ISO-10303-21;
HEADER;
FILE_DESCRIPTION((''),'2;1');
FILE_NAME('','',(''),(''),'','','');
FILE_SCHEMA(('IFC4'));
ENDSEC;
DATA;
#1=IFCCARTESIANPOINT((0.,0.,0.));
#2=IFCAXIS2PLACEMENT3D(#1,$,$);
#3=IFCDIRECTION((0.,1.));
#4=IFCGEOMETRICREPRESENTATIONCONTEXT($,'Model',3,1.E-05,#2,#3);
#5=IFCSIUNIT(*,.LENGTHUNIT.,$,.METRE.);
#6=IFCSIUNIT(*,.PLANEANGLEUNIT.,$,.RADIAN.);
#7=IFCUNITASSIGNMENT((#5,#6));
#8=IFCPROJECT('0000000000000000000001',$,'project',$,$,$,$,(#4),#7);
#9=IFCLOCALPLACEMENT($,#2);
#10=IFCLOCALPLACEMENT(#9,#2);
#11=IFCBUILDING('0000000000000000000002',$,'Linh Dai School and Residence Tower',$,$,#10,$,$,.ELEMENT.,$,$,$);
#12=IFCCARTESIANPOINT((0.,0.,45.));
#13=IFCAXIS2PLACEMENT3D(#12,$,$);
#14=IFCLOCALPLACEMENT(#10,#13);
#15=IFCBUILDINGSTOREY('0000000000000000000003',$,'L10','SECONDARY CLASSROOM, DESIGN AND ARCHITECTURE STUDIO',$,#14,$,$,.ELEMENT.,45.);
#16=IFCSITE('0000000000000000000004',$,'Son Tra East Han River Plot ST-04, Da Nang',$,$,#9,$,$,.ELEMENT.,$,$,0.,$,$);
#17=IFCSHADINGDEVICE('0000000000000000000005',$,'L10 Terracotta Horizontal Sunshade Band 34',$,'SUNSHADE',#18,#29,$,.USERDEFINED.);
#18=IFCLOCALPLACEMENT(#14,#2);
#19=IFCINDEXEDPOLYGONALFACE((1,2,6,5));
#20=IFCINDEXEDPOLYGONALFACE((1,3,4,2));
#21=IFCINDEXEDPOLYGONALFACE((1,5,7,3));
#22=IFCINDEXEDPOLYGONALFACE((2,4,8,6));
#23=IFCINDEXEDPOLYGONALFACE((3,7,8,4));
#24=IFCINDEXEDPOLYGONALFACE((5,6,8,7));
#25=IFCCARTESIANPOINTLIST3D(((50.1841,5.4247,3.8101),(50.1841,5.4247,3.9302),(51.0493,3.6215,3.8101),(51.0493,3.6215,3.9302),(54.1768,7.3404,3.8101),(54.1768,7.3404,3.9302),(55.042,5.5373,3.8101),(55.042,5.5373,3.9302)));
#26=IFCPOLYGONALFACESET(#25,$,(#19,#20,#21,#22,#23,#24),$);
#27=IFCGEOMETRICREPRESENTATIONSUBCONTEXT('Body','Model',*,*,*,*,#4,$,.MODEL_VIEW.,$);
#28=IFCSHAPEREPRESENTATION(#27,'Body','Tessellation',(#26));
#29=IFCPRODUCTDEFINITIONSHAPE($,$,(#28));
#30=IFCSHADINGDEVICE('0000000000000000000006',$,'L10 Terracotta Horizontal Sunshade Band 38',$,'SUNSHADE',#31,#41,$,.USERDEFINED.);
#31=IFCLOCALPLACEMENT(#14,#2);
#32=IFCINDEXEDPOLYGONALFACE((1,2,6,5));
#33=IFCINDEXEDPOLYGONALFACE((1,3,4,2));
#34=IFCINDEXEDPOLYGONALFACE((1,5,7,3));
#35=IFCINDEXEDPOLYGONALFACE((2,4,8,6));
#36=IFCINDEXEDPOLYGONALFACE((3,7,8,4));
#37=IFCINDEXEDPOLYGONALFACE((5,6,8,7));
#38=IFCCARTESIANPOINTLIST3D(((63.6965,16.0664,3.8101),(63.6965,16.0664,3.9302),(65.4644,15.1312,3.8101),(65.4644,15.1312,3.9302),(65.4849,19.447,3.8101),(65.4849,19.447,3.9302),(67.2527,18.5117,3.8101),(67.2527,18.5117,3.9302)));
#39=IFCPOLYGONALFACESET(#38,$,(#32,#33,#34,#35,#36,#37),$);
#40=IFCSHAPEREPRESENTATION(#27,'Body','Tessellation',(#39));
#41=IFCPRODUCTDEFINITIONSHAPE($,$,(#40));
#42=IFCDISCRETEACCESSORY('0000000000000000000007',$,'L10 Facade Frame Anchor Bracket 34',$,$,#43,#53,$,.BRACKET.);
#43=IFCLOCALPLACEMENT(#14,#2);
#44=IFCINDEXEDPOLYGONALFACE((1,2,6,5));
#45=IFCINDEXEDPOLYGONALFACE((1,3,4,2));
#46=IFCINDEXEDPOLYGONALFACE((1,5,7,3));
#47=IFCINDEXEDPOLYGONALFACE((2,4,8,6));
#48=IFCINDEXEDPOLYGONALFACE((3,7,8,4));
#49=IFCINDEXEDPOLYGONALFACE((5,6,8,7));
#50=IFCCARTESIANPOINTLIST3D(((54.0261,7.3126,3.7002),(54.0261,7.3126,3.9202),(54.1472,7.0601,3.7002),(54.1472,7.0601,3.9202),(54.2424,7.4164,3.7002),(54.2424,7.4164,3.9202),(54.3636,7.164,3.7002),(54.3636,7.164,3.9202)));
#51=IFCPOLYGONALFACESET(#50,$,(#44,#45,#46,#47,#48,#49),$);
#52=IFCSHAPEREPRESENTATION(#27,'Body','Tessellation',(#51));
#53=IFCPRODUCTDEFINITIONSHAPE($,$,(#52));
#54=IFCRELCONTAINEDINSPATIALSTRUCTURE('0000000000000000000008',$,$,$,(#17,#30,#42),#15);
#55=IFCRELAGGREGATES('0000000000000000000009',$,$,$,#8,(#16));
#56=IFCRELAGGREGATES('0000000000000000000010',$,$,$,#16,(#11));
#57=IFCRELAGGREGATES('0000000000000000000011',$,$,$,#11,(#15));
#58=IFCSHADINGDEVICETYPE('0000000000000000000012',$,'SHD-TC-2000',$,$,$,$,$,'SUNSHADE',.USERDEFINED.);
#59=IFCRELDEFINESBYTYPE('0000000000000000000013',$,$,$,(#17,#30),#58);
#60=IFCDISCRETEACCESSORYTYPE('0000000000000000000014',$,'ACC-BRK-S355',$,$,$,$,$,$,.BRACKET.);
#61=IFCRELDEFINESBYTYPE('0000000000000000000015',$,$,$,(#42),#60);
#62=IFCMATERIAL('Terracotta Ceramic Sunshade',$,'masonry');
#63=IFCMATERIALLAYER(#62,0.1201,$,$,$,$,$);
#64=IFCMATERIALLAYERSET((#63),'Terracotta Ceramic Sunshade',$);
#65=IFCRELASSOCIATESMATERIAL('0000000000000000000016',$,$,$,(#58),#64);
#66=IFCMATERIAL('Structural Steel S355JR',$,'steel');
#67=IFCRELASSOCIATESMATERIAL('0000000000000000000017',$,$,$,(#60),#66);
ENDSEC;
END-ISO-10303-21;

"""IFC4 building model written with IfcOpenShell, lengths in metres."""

from ifc_helpers import new_model, si_unit, direction, frame, origin, origin_2d, place, context, subcontext, project, spatial, rectangle, extrude, source, transform, mapped, material, layer, layer_set, type_object, element, save


model = new_model("IFC4")

# Units and contexts
model_context = context("Model", 3, precision=1e-05, world=origin(), true_north=direction((0.0, 1.0)))
body_context = subcontext(model_context, "Body", "Model", "MODEL_VIEW")
ifc_project = project(units=[si_unit("LENGTHUNIT", "METRE"), si_unit("PLANEANGLEUNIT", "RADIAN")], contexts=[model_context])

# Site, building, storey
site_placement = place(None, origin())
site = spatial("IfcSite", under=ifc_project, at=site_placement, Name="Son Tra East Han River Plot ST-04, Da Nang", CompositionType="ELEMENT", RefElevation=0.0)
building_placement = place(site_placement, origin())
building = spatial("IfcBuilding", under=site, at=building_placement, Name="Linh Dai School and Residence Tower", CompositionType="ELEMENT")
storey_placement = place(building_placement, frame((0.0, 0.0, 45.0)))
storey = spatial("IfcBuildingStorey", under=building, at=storey_placement, Name="L10", Description="SECONDARY CLASSROOM, DESIGN AND ARCHITECTURE STUDIO", CompositionType="ELEMENT", Elevation=45.0)

# Shared definitions
ifc_material_1 = material(Name="Structural Steel S355JR", Category="steel")

# Shading devices
ifc_material_2 = material(Name="Terracotta Ceramic Sunshade", Category="masonry")
ifc_layer_1 = layer(ifc_material_2, 0.1201)
ifc_layer_set_1 = layer_set([ifc_layer_1], Name="Terracotta Ceramic Sunshade")
shading_device_type = type_object("IfcShadingDeviceType", Name="SHD-TC-2000", ElementType="SUNSHADE", PredefinedType="USERDEFINED", material=ifc_layer_set_1)
shared_shape_1 = source(origin(), body_context, "Body", "SweptSolid", [
    extrude(rectangle(XDim=4.4285, YDim=2.0, at=origin_2d()), origin(), (0.0, 0.0, 1.0), 0.1201),
])
shading_device_1_placement = place(storey_placement, frame((52.613, 5.481, 3.8101), z_axis=(0.0, 0.0, 1.0), x_axis=(-0.901585, -0.432603, 0.0)))
element("IfcShadingDevice", 1, at=shading_device_1_placement, inside=storey, type_object=shading_device_type, Name="L10 Terracotta Horizontal Sunshade Band 34", ObjectType="SUNSHADE", PredefinedType="USERDEFINED", context=body_context, shape_type="MappedRepresentation", body=[
    mapped(shared_shape_1, transform((0.0, 0.0, 0.0), x_axis=(1.0, 0.0, 0.0), y_axis=(0.0, 1.0, 0.0), z_axis=(0.0, 0.0, 1.0), scale=1.0)),
])
shared_shape_2 = source(origin(), body_context, "Body", "SweptSolid", [
    extrude(rectangle(XDim=3.8245, YDim=2.0, at=origin_2d()), origin(), (0.0, 0.0, 1.0), 0.1201),
])
shading_device_2_placement = place(storey_placement, frame((65.4746, 17.2891, 3.8101), z_axis=(0.0, 0.0, 1.0), x_axis=(-0.467612, -0.883934, 0.0)))
element("IfcShadingDevice", 2, at=shading_device_2_placement, inside=storey, type_object=shading_device_type, Name="L10 Terracotta Horizontal Sunshade Band 38", ObjectType="SUNSHADE", PredefinedType="USERDEFINED", context=body_context, shape_type="MappedRepresentation", body=[
    mapped(shared_shape_2, transform((0.0, 0.0, 0.0), x_axis=(1.0, 0.0, 0.0), y_axis=(0.0, 1.0, 0.0), z_axis=(0.0, 0.0, 1.0), scale=1.0)),
])

# Discrete accessory
discrete_accessory_type = type_object("IfcDiscreteAccessoryType", Name="ACC-BRK-S355", PredefinedType="BRACKET", material=ifc_material_1)
shared_shape_3 = source(origin(), body_context, "Body", "SweptSolid", [
    extrude(rectangle(XDim=0.28, YDim=0.24, at=origin_2d()), origin(), (0.0, 0.0, 1.0), 0.22),
])
discrete_accessory_placement = place(storey_placement, frame((54.1948, 7.2383, 3.7002), z_axis=(0.0, 0.0, 1.0), x_axis=(0.432603, -0.901585, 0.0)))
element("IfcDiscreteAccessory", 3, at=discrete_accessory_placement, inside=storey, type_object=discrete_accessory_type, Name="L10 Facade Frame Anchor Bracket 34", PredefinedType="BRACKET", context=body_context, shape_type="MappedRepresentation", body=[
    mapped(shared_shape_3, transform((0.0, 0.0, 0.0), x_axis=(1.0, 0.0, 0.0), y_axis=(0.0, 1.0, 0.0), z_axis=(0.0, 0.0, 1.0), scale=1.0)),
])

save(model, "model.ifc")
